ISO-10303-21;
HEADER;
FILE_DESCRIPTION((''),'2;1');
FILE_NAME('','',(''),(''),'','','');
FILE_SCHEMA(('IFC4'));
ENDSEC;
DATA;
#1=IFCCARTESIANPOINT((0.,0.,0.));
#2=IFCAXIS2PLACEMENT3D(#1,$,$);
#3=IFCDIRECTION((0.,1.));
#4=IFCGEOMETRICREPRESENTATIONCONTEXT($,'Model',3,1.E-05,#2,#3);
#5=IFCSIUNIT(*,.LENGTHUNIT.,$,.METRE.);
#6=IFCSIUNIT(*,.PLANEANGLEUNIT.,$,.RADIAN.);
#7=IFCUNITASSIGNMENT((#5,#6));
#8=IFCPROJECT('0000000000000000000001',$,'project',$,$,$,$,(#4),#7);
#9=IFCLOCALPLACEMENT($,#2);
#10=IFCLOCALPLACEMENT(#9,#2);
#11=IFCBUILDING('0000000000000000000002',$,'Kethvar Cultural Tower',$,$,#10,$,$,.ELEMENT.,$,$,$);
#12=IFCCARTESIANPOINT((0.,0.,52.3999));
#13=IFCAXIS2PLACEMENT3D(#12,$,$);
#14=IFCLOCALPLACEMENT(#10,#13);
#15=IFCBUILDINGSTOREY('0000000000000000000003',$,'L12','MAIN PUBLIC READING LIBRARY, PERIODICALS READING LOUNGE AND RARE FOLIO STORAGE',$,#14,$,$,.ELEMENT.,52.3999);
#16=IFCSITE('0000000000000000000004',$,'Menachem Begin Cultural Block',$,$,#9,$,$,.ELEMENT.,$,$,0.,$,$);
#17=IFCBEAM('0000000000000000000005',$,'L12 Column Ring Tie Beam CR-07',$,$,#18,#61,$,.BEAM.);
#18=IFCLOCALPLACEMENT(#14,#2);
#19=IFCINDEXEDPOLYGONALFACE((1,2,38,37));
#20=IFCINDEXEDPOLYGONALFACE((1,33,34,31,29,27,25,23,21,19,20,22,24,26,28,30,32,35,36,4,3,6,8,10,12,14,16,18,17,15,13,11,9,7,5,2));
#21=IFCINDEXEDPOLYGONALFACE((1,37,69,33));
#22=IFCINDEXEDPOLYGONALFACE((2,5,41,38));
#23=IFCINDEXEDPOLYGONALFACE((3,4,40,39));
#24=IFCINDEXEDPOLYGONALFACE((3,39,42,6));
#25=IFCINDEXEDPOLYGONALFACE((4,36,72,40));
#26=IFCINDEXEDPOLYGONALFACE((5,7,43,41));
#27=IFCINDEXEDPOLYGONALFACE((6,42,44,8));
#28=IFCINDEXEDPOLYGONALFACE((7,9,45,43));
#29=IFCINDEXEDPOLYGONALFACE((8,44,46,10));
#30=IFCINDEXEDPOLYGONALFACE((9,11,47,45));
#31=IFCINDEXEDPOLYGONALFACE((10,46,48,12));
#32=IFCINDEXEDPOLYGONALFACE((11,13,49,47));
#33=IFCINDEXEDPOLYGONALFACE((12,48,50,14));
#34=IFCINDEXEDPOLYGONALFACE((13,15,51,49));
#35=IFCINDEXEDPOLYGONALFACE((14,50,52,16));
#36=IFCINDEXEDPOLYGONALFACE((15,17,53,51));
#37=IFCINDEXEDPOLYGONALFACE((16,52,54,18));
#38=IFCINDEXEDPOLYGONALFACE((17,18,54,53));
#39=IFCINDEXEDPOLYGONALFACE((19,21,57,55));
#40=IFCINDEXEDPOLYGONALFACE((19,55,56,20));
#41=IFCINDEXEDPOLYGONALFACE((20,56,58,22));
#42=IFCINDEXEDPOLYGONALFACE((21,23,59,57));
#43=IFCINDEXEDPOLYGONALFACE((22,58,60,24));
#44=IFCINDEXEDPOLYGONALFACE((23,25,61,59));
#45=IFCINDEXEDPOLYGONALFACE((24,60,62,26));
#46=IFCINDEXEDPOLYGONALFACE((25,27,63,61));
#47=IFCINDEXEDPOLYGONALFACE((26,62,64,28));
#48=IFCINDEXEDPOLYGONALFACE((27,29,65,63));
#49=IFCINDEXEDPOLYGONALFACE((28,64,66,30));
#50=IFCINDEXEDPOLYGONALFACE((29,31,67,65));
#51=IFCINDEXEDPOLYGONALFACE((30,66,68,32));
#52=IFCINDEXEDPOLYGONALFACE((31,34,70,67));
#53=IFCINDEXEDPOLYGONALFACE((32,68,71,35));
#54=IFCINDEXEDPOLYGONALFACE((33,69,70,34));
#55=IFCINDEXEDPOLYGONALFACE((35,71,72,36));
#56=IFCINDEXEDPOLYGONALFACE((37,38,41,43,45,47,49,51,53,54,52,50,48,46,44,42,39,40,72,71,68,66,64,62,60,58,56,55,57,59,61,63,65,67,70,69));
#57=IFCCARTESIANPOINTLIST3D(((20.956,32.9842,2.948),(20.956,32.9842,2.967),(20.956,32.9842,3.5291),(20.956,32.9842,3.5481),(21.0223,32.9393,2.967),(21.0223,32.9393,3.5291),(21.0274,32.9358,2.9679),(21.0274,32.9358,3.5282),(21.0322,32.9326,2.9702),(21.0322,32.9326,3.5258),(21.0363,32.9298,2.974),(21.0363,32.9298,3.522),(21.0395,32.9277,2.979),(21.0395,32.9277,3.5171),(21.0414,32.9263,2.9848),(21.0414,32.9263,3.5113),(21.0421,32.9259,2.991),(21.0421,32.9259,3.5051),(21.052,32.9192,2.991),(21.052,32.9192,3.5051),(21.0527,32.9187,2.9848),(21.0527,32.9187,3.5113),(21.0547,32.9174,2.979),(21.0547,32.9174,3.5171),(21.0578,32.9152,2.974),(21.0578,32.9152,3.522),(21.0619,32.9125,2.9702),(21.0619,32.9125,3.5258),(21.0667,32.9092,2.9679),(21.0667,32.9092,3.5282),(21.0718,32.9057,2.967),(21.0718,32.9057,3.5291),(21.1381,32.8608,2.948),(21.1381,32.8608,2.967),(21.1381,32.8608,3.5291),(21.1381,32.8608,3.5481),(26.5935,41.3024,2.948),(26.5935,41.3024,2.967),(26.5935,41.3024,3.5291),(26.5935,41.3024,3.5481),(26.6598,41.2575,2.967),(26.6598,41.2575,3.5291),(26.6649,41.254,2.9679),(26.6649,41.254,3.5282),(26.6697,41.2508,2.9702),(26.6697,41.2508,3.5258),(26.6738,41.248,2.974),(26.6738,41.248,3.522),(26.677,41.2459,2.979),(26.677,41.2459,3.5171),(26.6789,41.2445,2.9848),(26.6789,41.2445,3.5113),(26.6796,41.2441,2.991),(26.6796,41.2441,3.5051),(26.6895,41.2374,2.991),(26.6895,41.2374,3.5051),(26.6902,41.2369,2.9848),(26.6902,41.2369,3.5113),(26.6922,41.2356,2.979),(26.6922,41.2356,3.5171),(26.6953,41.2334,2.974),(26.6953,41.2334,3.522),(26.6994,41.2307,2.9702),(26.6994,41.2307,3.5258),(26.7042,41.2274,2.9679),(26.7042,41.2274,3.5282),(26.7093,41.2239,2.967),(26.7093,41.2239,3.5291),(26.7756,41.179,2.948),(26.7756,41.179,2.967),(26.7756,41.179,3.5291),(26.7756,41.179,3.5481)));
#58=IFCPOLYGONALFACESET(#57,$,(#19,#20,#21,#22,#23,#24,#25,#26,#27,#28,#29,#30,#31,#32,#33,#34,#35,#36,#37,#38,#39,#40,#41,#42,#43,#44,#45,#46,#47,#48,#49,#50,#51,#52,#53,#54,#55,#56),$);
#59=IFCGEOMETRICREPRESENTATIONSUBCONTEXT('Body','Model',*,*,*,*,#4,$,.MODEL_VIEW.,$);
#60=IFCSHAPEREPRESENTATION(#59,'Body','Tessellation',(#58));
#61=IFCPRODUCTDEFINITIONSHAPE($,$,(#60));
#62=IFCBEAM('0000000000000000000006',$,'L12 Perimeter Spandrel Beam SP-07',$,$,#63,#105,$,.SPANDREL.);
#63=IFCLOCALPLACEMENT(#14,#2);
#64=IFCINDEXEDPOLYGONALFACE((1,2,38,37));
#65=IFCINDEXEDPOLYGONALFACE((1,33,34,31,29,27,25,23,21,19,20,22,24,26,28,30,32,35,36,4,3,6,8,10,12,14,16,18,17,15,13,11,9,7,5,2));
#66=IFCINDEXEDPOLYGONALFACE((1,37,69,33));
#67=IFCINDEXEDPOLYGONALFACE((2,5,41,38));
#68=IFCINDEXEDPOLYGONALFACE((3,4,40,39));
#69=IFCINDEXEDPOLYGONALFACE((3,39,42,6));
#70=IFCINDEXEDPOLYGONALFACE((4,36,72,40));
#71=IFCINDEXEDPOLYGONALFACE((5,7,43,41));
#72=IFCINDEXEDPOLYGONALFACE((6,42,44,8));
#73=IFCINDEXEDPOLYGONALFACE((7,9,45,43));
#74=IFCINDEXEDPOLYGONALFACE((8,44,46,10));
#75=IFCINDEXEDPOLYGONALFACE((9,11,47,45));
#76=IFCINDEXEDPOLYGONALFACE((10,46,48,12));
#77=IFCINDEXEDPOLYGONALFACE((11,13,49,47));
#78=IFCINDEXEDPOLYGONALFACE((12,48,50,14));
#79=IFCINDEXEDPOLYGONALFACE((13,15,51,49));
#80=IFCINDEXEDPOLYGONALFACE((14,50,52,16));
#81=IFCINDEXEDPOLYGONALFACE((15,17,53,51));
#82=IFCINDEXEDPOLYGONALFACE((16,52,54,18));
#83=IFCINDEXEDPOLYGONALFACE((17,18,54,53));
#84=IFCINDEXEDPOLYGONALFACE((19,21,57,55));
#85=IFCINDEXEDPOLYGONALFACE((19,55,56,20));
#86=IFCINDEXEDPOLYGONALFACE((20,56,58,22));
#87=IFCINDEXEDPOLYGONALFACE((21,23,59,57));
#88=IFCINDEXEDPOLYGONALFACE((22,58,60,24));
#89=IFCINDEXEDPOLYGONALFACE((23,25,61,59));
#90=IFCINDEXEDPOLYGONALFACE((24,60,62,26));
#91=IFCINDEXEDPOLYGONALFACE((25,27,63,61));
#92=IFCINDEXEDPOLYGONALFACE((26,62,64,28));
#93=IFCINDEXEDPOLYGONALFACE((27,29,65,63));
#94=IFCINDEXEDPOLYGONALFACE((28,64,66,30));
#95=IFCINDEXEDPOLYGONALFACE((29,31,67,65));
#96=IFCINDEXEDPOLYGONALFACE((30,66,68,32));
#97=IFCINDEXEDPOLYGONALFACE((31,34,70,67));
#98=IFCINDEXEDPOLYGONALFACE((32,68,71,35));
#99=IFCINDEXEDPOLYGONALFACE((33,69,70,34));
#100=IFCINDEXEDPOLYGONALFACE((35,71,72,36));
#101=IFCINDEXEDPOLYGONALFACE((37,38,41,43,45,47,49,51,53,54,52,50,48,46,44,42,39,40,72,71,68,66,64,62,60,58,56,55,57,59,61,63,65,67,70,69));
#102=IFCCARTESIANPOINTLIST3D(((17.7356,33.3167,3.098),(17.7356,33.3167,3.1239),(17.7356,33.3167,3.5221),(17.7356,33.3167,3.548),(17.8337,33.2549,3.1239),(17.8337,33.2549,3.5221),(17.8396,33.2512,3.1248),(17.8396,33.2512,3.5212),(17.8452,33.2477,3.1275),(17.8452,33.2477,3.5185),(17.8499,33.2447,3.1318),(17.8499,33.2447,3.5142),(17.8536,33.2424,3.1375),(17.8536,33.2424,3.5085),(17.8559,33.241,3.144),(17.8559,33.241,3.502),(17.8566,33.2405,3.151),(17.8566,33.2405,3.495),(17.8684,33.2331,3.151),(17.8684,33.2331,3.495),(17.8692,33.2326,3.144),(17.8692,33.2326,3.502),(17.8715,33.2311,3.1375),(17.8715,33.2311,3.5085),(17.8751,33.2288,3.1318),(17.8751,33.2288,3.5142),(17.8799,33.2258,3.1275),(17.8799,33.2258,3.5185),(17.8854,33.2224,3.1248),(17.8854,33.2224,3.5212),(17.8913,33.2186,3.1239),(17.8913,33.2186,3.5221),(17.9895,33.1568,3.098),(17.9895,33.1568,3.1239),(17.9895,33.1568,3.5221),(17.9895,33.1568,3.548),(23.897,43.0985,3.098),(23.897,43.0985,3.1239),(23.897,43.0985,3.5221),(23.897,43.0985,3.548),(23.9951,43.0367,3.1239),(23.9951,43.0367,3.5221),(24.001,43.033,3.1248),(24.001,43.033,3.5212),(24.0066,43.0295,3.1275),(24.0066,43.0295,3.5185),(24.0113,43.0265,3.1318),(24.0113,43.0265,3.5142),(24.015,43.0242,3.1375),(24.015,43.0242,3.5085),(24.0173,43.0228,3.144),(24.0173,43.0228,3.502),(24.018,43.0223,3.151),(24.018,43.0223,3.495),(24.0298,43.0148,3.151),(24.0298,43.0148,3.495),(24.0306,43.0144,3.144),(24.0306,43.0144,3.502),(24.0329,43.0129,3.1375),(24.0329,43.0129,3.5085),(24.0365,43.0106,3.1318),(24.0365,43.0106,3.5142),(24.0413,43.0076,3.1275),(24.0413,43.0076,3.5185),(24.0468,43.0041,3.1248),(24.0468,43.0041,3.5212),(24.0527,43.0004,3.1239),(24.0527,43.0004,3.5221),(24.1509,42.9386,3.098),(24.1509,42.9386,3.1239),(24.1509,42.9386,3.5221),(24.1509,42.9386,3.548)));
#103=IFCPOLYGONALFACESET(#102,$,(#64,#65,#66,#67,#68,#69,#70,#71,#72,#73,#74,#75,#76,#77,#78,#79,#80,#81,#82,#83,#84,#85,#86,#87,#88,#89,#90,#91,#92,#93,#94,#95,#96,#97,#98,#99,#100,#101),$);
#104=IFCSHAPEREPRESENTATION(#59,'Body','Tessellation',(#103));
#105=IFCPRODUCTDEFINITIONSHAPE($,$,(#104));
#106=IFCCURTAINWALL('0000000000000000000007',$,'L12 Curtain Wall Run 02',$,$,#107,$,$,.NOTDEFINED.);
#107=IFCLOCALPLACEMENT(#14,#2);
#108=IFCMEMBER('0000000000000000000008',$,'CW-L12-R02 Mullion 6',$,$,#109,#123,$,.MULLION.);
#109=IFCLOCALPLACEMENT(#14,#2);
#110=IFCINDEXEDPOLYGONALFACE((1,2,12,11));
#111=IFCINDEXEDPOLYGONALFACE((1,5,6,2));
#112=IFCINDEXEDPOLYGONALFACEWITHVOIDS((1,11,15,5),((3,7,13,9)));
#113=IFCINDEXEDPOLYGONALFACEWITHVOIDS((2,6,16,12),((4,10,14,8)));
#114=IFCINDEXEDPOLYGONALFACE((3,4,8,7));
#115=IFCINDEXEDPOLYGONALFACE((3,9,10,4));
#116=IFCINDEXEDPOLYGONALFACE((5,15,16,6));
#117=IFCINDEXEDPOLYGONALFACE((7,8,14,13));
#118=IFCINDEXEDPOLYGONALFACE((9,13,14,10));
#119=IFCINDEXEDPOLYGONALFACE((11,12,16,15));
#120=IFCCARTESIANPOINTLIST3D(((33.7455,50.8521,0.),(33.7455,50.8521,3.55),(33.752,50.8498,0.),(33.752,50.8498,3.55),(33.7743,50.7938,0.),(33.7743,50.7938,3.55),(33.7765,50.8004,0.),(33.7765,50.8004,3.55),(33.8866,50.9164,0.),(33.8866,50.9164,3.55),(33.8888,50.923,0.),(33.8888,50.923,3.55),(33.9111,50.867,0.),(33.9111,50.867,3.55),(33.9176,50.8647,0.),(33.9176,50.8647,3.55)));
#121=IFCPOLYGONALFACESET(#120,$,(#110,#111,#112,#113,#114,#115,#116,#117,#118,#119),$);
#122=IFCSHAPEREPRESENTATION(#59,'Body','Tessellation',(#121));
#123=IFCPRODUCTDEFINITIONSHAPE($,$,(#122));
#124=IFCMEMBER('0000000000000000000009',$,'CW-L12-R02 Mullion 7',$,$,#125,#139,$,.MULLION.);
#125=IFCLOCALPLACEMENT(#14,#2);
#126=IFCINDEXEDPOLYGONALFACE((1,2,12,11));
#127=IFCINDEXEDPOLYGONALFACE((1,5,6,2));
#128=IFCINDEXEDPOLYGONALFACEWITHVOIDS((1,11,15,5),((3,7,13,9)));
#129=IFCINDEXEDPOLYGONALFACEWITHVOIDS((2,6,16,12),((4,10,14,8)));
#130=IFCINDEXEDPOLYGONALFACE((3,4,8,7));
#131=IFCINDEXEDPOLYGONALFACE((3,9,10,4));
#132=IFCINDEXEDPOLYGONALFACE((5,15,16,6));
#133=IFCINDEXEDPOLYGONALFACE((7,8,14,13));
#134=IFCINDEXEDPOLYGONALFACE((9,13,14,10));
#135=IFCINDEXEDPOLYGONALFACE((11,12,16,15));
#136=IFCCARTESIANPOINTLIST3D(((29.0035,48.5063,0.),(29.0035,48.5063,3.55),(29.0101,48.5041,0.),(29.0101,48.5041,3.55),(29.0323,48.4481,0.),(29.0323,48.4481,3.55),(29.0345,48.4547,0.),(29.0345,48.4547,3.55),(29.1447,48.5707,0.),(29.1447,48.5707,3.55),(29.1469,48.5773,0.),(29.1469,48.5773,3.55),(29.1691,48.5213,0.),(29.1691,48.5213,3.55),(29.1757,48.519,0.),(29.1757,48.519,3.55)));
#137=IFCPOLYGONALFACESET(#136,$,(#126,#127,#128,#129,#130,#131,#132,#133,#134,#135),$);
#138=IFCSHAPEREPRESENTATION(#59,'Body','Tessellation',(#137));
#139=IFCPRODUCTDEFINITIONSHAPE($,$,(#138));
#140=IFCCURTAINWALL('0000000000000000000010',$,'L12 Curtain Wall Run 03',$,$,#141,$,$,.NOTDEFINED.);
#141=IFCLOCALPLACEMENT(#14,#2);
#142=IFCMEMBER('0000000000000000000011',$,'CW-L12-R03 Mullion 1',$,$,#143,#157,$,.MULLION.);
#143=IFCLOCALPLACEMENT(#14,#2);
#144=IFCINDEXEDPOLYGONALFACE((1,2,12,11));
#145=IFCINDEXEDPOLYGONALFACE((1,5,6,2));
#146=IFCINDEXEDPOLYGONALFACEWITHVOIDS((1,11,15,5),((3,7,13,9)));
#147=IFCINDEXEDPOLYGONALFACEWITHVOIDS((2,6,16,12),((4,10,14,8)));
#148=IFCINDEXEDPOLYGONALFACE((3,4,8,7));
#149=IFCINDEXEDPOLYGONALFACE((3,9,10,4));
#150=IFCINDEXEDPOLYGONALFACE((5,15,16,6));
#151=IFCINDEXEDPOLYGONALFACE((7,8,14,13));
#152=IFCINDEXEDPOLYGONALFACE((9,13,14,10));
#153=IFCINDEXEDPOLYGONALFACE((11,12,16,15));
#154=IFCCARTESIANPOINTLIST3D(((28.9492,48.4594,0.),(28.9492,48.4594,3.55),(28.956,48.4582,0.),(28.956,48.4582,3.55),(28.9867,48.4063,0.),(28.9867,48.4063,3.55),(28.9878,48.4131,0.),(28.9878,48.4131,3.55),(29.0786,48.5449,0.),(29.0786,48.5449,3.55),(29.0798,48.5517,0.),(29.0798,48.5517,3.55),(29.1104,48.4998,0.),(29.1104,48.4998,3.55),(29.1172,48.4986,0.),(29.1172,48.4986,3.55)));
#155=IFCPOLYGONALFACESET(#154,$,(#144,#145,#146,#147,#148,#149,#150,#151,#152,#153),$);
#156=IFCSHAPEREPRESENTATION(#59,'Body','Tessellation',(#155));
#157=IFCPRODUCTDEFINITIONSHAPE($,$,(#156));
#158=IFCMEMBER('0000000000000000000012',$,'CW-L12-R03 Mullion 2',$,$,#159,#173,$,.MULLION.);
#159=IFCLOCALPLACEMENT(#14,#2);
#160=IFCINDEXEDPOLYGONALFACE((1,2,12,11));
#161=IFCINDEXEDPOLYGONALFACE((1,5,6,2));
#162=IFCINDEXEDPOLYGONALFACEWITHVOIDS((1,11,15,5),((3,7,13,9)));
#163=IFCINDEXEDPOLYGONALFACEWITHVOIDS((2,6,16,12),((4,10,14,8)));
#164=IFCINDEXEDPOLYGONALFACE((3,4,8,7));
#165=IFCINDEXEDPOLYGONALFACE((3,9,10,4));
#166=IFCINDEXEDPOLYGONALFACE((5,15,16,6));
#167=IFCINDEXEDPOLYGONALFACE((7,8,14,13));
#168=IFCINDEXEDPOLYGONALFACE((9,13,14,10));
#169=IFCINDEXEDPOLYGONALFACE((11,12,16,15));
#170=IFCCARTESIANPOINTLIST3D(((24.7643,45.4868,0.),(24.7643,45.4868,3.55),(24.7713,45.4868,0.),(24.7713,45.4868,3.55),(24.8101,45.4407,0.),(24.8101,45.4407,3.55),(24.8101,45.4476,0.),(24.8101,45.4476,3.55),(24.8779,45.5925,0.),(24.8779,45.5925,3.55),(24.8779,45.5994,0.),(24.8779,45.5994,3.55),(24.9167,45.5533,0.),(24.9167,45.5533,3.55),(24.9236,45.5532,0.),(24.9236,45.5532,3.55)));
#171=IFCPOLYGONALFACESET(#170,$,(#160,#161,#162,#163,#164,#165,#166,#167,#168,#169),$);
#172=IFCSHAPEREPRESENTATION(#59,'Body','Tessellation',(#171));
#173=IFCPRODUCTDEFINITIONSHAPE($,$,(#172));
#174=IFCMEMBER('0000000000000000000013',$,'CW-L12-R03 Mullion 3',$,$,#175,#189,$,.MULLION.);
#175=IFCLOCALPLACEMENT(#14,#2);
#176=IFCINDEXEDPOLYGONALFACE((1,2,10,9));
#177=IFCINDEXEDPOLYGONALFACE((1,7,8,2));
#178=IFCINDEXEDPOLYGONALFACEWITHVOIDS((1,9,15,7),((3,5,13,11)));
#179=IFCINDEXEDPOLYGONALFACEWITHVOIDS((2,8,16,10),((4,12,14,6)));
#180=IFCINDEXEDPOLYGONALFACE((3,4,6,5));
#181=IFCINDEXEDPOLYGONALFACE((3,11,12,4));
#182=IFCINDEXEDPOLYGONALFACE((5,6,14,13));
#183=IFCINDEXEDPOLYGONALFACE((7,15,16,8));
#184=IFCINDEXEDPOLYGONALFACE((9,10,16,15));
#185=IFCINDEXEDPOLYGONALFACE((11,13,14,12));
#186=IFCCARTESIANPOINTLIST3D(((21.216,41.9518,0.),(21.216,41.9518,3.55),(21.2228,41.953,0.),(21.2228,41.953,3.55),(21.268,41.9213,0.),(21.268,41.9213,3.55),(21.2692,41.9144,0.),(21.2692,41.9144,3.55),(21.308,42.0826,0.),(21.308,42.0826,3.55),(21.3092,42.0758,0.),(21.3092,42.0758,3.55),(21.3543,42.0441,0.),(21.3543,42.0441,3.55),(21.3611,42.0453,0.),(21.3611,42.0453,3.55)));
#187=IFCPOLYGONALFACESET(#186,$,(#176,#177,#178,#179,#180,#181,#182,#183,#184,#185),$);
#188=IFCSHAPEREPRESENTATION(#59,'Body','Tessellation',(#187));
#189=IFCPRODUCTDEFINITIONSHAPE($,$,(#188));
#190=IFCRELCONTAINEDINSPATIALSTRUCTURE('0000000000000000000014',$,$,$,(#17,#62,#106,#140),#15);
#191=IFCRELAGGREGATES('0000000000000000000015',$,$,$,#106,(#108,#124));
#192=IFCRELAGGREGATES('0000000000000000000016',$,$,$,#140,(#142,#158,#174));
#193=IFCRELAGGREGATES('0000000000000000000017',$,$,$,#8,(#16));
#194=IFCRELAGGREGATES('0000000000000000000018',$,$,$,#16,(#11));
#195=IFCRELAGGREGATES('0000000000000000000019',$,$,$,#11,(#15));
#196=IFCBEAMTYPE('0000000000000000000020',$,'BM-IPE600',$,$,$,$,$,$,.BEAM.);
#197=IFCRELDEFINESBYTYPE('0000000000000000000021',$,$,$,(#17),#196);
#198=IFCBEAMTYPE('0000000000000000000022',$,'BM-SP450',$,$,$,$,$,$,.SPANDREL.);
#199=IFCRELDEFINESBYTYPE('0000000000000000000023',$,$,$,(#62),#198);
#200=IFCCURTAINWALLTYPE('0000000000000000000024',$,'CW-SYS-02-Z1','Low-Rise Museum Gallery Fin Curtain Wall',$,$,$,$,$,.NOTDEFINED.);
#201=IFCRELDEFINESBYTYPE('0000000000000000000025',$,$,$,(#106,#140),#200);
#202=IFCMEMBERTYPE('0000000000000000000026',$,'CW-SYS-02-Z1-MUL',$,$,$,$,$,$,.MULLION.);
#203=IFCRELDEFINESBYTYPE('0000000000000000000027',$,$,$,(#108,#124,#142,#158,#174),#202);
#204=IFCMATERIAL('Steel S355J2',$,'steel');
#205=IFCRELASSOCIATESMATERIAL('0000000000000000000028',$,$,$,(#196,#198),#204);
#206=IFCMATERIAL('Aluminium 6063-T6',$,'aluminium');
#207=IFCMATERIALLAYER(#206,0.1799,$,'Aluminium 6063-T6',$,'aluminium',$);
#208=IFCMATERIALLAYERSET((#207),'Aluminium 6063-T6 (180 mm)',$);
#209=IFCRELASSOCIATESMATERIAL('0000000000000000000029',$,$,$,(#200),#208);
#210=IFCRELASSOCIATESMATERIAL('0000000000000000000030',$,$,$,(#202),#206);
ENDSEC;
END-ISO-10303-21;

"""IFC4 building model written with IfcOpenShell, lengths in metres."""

from ifc_helpers import new_model, si_unit, direction, frame, origin, origin_2d, place, context, subcontext, project, spatial, hollow_rectangle, i_section, extrude, source, transform, mapped, material, layer, layer_set, material_profile, profile_set, type_object, element, aggregate, save


model = new_model("IFC4")

# Units and contexts
model_context = context("Model", 3, precision=1e-05, world=origin(), true_north=direction((0.0, 1.0)))
body_context = subcontext(model_context, "Body", "Model", "MODEL_VIEW")
ifc_project = project(units=[si_unit("LENGTHUNIT", "METRE"), si_unit("PLANEANGLEUNIT", "RADIAN")], contexts=[model_context])

# Site, building, storey
site_placement = place(None, origin())
site = spatial("IfcSite", under=ifc_project, at=site_placement, Name="Menachem Begin Cultural Block", CompositionType="ELEMENT", RefElevation=0.0)
building_placement = place(site_placement, origin())
building = spatial("IfcBuilding", under=site, at=building_placement, Name="Kethvar Cultural Tower", CompositionType="ELEMENT")
storey_placement = place(building_placement, frame((0.0, 0.0, 52.3999)))
storey = spatial("IfcBuildingStorey", under=building, at=storey_placement, Name="L12", Description="MAIN PUBLIC READING LIBRARY, PERIODICALS READING LOUNGE AND RARE FOLIO STORAGE", CompositionType="ELEMENT", Elevation=52.3999)

# Beams
ifc_material_1 = material(Name="Steel S355J2", Category="steel")
ifc_material_profile_1 = material_profile(ifc_material_1, i_section(OverallWidth=0.22, OverallDepth=0.6001, WebThickness=0.012, FlangeThickness=0.019, FilletRadius=0.0239, at=origin_2d()), Name="Steel S355J2 — IPE600")
ifc_profile_set_1 = profile_set([ifc_material_profile_1], Name="Steel S355J2 — IPE600")
beam_type_1 = type_object("IfcBeamType", Name="BM-IPE600", PredefinedType="BEAM", material=ifc_profile_set_1)
ifc_material_profile_2 = material_profile(ifc_material_1, i_section(OverallWidth=0.3, OverallDepth=0.45, WebThickness=0.0139, FlangeThickness=0.0259, FilletRadius=0.0271, at=origin_2d()), Name="Steel S355J2 — HEB450")
ifc_profile_set_2 = profile_set([ifc_material_profile_2], Name="Steel S355J2 — HEB450")
beam_type_2 = type_object("IfcBeamType", Name="BM-SP450", PredefinedType="SPANDREL", material=ifc_profile_set_2)
shared_shape_1 = source(origin(), body_context, "Body", "SweptSolid", [
    extrude(i_section(OverallWidth=0.22, OverallDepth=0.6001, WebThickness=0.012, FlangeThickness=0.019, FilletRadius=0.0239, at=origin_2d()), origin(), (0.0, 0.0, 1.0), 10.0486),
])
beam_1_placement = place(storey_placement, frame((26.6846, 41.2407, 3.248), z_axis=(-0.561025, -0.827799, 0.0), x_axis=(0.827799, -0.561025, 0.0)))
element("IfcBeam", 1, at=beam_1_placement, inside=storey, type_object=beam_type_1, Name="L12 Column Ring Tie Beam CR-07", PredefinedType="BEAM", context=body_context, shape_type="MappedRepresentation", body=[
    mapped(shared_shape_1, transform((0.0, 0.0, 0.0), scale=1.0)),
])
shared_shape_2 = source(origin(), body_context, "Body", "SweptSolid", [
    extrude(i_section(OverallWidth=0.3, OverallDepth=0.45, WebThickness=0.0139, FlangeThickness=0.0259, FilletRadius=0.0271, at=origin_2d()), origin(), (0.0, 0.0, 1.0), 11.5605),
])
beam_2_placement = place(storey_placement, frame((24.0239, 43.0186, 3.323), z_axis=(-0.532968, -0.846135, 0.0), x_axis=(0.846135, -0.532968, 0.0)))
element("IfcBeam", 2, at=beam_2_placement, inside=storey, type_object=beam_type_2, Name="L12 Perimeter Spandrel Beam SP-07", PredefinedType="SPANDREL", context=body_context, shape_type="MappedRepresentation", body=[
    mapped(shared_shape_2, transform((0.0, 0.0, 0.0), scale=1.0)),
])

# Curtain walls, members
ifc_material_2 = material(Name="Aluminium 6063-T6", Category="aluminium")
ifc_layer_1 = layer(ifc_material_2, 0.1799, Name="Aluminium 6063-T6", Category="aluminium")
ifc_layer_set_1 = layer_set([ifc_layer_1], Name="Aluminium 6063-T6 (180 mm)")
curtain_wall_type = type_object("IfcCurtainWallType", Name="CW-SYS-02-Z1", Description="Low-Rise Museum Gallery Fin Curtain Wall", PredefinedType="NOTDEFINED", material=ifc_layer_set_1)
curtain_wall_1_placement = place(storey_placement, origin())
curtain_wall_1 = element("IfcCurtainWall", 3, at=curtain_wall_1_placement, inside=storey, type_object=curtain_wall_type, Name="L12 Curtain Wall Run 02", PredefinedType="NOTDEFINED")
ifc_material_profile_3 = material_profile(ifc_material_2, hollow_rectangle(XDim=0.0649, YDim=0.1599, WallThickness=0.0049, at=origin_2d()), Name="Aluminium 6063-T6 — RHS160x65x5")
ifc_profile_set_3 = profile_set([ifc_material_profile_3], Name="Aluminium 6063-T6 — RHS160x65x5")
member_type_1 = type_object("IfcMemberType", Name="CW-SYS-02-Z1-MUL", PredefinedType="MULLION", material=ifc_profile_set_3)
shared_shape_3 = source(origin(), body_context, "Body", "SweptSolid", [
    extrude(hollow_rectangle(XDim=0.0649, YDim=0.1599, WallThickness=0.0049, at=origin_2d()), origin(), (0.0, 0.0, 1.0), 3.55),
])
member_1_placement = place(storey_placement, frame((33.8315, 50.8584, 0.0), z_axis=(0.0, 0.0, 1.0), x_axis=(0.443384, -0.896332, 0.0)))
member_1 = element("IfcMember", 4, at=member_1_placement, type_object=member_type_1, Name="CW-L12-R02 Mullion 6", PredefinedType="MULLION", context=body_context, shape_type="MappedRepresentation", body=[
    mapped(shared_shape_3, transform((0.0, 0.0, 0.0), scale=1.0)),
])
member_2_placement = place(storey_placement, frame((29.0896, 48.5127, 0.0), z_axis=(0.0, 0.0, 1.0), x_axis=(0.443384, -0.896332, 0.0)))
member_2 = element("IfcMember", 5, at=member_2_placement, type_object=member_type_1, Name="CW-L12-R02 Mullion 7", PredefinedType="MULLION", context=body_context, shape_type="MappedRepresentation", body=[
    mapped(shared_shape_3, transform((0.0, 0.0, 0.0), scale=1.0)),
])
curtain_wall_2_placement = place(storey_placement, origin())
curtain_wall_2 = element("IfcCurtainWall", 6, at=curtain_wall_2_placement, inside=storey, type_object=curtain_wall_type, Name="L12 Curtain Wall Run 03", PredefinedType="NOTDEFINED")
member_3_placement = place(storey_placement, frame((29.0332, 48.479, 0.0), z_axis=(0.0, 0.0, 1.0), x_axis=(0.577231, -0.816581, 0.0)))
member_3 = element("IfcMember", 7, at=member_3_placement, type_object=member_type_1, Name="CW-L12-R03 Mullion 1", PredefinedType="MULLION", context=body_context, shape_type="MappedRepresentation", body=[
    mapped(shared_shape_3, transform((0.0, 0.0, 0.0), scale=1.0)),
])
member_4_placement = place(storey_placement, frame((24.844, 45.52, 0.0), z_axis=(0.0, 0.0, 1.0), x_axis=(0.70394, -0.710259, 0.0)))
member_4 = element("IfcMember", 8, at=member_4_placement, type_object=member_type_1, Name="CW-L12-R03 Mullion 2", PredefinedType="MULLION", context=body_context, shape_type="MappedRepresentation", body=[
    mapped(shared_shape_3, transform((0.0, 0.0, 0.0), scale=1.0)),
])
member_5_placement = place(storey_placement, frame((21.2886, 41.9985, 0.0), z_axis=(0.0, 0.0, 1.0), x_axis=(0.81813, -0.575034, 0.0)))
member_5 = element("IfcMember", 9, at=member_5_placement, type_object=member_type_1, Name="CW-L12-R03 Mullion 3", PredefinedType="MULLION", context=body_context, shape_type="MappedRepresentation", body=[
    mapped(shared_shape_3, transform((0.0, 0.0, 0.0), scale=1.0)),
])

aggregate(curtain_wall_1, [member_1, member_2])
aggregate(curtain_wall_2, [member_3, member_4, member_5])

save(model, "model.ifc")
